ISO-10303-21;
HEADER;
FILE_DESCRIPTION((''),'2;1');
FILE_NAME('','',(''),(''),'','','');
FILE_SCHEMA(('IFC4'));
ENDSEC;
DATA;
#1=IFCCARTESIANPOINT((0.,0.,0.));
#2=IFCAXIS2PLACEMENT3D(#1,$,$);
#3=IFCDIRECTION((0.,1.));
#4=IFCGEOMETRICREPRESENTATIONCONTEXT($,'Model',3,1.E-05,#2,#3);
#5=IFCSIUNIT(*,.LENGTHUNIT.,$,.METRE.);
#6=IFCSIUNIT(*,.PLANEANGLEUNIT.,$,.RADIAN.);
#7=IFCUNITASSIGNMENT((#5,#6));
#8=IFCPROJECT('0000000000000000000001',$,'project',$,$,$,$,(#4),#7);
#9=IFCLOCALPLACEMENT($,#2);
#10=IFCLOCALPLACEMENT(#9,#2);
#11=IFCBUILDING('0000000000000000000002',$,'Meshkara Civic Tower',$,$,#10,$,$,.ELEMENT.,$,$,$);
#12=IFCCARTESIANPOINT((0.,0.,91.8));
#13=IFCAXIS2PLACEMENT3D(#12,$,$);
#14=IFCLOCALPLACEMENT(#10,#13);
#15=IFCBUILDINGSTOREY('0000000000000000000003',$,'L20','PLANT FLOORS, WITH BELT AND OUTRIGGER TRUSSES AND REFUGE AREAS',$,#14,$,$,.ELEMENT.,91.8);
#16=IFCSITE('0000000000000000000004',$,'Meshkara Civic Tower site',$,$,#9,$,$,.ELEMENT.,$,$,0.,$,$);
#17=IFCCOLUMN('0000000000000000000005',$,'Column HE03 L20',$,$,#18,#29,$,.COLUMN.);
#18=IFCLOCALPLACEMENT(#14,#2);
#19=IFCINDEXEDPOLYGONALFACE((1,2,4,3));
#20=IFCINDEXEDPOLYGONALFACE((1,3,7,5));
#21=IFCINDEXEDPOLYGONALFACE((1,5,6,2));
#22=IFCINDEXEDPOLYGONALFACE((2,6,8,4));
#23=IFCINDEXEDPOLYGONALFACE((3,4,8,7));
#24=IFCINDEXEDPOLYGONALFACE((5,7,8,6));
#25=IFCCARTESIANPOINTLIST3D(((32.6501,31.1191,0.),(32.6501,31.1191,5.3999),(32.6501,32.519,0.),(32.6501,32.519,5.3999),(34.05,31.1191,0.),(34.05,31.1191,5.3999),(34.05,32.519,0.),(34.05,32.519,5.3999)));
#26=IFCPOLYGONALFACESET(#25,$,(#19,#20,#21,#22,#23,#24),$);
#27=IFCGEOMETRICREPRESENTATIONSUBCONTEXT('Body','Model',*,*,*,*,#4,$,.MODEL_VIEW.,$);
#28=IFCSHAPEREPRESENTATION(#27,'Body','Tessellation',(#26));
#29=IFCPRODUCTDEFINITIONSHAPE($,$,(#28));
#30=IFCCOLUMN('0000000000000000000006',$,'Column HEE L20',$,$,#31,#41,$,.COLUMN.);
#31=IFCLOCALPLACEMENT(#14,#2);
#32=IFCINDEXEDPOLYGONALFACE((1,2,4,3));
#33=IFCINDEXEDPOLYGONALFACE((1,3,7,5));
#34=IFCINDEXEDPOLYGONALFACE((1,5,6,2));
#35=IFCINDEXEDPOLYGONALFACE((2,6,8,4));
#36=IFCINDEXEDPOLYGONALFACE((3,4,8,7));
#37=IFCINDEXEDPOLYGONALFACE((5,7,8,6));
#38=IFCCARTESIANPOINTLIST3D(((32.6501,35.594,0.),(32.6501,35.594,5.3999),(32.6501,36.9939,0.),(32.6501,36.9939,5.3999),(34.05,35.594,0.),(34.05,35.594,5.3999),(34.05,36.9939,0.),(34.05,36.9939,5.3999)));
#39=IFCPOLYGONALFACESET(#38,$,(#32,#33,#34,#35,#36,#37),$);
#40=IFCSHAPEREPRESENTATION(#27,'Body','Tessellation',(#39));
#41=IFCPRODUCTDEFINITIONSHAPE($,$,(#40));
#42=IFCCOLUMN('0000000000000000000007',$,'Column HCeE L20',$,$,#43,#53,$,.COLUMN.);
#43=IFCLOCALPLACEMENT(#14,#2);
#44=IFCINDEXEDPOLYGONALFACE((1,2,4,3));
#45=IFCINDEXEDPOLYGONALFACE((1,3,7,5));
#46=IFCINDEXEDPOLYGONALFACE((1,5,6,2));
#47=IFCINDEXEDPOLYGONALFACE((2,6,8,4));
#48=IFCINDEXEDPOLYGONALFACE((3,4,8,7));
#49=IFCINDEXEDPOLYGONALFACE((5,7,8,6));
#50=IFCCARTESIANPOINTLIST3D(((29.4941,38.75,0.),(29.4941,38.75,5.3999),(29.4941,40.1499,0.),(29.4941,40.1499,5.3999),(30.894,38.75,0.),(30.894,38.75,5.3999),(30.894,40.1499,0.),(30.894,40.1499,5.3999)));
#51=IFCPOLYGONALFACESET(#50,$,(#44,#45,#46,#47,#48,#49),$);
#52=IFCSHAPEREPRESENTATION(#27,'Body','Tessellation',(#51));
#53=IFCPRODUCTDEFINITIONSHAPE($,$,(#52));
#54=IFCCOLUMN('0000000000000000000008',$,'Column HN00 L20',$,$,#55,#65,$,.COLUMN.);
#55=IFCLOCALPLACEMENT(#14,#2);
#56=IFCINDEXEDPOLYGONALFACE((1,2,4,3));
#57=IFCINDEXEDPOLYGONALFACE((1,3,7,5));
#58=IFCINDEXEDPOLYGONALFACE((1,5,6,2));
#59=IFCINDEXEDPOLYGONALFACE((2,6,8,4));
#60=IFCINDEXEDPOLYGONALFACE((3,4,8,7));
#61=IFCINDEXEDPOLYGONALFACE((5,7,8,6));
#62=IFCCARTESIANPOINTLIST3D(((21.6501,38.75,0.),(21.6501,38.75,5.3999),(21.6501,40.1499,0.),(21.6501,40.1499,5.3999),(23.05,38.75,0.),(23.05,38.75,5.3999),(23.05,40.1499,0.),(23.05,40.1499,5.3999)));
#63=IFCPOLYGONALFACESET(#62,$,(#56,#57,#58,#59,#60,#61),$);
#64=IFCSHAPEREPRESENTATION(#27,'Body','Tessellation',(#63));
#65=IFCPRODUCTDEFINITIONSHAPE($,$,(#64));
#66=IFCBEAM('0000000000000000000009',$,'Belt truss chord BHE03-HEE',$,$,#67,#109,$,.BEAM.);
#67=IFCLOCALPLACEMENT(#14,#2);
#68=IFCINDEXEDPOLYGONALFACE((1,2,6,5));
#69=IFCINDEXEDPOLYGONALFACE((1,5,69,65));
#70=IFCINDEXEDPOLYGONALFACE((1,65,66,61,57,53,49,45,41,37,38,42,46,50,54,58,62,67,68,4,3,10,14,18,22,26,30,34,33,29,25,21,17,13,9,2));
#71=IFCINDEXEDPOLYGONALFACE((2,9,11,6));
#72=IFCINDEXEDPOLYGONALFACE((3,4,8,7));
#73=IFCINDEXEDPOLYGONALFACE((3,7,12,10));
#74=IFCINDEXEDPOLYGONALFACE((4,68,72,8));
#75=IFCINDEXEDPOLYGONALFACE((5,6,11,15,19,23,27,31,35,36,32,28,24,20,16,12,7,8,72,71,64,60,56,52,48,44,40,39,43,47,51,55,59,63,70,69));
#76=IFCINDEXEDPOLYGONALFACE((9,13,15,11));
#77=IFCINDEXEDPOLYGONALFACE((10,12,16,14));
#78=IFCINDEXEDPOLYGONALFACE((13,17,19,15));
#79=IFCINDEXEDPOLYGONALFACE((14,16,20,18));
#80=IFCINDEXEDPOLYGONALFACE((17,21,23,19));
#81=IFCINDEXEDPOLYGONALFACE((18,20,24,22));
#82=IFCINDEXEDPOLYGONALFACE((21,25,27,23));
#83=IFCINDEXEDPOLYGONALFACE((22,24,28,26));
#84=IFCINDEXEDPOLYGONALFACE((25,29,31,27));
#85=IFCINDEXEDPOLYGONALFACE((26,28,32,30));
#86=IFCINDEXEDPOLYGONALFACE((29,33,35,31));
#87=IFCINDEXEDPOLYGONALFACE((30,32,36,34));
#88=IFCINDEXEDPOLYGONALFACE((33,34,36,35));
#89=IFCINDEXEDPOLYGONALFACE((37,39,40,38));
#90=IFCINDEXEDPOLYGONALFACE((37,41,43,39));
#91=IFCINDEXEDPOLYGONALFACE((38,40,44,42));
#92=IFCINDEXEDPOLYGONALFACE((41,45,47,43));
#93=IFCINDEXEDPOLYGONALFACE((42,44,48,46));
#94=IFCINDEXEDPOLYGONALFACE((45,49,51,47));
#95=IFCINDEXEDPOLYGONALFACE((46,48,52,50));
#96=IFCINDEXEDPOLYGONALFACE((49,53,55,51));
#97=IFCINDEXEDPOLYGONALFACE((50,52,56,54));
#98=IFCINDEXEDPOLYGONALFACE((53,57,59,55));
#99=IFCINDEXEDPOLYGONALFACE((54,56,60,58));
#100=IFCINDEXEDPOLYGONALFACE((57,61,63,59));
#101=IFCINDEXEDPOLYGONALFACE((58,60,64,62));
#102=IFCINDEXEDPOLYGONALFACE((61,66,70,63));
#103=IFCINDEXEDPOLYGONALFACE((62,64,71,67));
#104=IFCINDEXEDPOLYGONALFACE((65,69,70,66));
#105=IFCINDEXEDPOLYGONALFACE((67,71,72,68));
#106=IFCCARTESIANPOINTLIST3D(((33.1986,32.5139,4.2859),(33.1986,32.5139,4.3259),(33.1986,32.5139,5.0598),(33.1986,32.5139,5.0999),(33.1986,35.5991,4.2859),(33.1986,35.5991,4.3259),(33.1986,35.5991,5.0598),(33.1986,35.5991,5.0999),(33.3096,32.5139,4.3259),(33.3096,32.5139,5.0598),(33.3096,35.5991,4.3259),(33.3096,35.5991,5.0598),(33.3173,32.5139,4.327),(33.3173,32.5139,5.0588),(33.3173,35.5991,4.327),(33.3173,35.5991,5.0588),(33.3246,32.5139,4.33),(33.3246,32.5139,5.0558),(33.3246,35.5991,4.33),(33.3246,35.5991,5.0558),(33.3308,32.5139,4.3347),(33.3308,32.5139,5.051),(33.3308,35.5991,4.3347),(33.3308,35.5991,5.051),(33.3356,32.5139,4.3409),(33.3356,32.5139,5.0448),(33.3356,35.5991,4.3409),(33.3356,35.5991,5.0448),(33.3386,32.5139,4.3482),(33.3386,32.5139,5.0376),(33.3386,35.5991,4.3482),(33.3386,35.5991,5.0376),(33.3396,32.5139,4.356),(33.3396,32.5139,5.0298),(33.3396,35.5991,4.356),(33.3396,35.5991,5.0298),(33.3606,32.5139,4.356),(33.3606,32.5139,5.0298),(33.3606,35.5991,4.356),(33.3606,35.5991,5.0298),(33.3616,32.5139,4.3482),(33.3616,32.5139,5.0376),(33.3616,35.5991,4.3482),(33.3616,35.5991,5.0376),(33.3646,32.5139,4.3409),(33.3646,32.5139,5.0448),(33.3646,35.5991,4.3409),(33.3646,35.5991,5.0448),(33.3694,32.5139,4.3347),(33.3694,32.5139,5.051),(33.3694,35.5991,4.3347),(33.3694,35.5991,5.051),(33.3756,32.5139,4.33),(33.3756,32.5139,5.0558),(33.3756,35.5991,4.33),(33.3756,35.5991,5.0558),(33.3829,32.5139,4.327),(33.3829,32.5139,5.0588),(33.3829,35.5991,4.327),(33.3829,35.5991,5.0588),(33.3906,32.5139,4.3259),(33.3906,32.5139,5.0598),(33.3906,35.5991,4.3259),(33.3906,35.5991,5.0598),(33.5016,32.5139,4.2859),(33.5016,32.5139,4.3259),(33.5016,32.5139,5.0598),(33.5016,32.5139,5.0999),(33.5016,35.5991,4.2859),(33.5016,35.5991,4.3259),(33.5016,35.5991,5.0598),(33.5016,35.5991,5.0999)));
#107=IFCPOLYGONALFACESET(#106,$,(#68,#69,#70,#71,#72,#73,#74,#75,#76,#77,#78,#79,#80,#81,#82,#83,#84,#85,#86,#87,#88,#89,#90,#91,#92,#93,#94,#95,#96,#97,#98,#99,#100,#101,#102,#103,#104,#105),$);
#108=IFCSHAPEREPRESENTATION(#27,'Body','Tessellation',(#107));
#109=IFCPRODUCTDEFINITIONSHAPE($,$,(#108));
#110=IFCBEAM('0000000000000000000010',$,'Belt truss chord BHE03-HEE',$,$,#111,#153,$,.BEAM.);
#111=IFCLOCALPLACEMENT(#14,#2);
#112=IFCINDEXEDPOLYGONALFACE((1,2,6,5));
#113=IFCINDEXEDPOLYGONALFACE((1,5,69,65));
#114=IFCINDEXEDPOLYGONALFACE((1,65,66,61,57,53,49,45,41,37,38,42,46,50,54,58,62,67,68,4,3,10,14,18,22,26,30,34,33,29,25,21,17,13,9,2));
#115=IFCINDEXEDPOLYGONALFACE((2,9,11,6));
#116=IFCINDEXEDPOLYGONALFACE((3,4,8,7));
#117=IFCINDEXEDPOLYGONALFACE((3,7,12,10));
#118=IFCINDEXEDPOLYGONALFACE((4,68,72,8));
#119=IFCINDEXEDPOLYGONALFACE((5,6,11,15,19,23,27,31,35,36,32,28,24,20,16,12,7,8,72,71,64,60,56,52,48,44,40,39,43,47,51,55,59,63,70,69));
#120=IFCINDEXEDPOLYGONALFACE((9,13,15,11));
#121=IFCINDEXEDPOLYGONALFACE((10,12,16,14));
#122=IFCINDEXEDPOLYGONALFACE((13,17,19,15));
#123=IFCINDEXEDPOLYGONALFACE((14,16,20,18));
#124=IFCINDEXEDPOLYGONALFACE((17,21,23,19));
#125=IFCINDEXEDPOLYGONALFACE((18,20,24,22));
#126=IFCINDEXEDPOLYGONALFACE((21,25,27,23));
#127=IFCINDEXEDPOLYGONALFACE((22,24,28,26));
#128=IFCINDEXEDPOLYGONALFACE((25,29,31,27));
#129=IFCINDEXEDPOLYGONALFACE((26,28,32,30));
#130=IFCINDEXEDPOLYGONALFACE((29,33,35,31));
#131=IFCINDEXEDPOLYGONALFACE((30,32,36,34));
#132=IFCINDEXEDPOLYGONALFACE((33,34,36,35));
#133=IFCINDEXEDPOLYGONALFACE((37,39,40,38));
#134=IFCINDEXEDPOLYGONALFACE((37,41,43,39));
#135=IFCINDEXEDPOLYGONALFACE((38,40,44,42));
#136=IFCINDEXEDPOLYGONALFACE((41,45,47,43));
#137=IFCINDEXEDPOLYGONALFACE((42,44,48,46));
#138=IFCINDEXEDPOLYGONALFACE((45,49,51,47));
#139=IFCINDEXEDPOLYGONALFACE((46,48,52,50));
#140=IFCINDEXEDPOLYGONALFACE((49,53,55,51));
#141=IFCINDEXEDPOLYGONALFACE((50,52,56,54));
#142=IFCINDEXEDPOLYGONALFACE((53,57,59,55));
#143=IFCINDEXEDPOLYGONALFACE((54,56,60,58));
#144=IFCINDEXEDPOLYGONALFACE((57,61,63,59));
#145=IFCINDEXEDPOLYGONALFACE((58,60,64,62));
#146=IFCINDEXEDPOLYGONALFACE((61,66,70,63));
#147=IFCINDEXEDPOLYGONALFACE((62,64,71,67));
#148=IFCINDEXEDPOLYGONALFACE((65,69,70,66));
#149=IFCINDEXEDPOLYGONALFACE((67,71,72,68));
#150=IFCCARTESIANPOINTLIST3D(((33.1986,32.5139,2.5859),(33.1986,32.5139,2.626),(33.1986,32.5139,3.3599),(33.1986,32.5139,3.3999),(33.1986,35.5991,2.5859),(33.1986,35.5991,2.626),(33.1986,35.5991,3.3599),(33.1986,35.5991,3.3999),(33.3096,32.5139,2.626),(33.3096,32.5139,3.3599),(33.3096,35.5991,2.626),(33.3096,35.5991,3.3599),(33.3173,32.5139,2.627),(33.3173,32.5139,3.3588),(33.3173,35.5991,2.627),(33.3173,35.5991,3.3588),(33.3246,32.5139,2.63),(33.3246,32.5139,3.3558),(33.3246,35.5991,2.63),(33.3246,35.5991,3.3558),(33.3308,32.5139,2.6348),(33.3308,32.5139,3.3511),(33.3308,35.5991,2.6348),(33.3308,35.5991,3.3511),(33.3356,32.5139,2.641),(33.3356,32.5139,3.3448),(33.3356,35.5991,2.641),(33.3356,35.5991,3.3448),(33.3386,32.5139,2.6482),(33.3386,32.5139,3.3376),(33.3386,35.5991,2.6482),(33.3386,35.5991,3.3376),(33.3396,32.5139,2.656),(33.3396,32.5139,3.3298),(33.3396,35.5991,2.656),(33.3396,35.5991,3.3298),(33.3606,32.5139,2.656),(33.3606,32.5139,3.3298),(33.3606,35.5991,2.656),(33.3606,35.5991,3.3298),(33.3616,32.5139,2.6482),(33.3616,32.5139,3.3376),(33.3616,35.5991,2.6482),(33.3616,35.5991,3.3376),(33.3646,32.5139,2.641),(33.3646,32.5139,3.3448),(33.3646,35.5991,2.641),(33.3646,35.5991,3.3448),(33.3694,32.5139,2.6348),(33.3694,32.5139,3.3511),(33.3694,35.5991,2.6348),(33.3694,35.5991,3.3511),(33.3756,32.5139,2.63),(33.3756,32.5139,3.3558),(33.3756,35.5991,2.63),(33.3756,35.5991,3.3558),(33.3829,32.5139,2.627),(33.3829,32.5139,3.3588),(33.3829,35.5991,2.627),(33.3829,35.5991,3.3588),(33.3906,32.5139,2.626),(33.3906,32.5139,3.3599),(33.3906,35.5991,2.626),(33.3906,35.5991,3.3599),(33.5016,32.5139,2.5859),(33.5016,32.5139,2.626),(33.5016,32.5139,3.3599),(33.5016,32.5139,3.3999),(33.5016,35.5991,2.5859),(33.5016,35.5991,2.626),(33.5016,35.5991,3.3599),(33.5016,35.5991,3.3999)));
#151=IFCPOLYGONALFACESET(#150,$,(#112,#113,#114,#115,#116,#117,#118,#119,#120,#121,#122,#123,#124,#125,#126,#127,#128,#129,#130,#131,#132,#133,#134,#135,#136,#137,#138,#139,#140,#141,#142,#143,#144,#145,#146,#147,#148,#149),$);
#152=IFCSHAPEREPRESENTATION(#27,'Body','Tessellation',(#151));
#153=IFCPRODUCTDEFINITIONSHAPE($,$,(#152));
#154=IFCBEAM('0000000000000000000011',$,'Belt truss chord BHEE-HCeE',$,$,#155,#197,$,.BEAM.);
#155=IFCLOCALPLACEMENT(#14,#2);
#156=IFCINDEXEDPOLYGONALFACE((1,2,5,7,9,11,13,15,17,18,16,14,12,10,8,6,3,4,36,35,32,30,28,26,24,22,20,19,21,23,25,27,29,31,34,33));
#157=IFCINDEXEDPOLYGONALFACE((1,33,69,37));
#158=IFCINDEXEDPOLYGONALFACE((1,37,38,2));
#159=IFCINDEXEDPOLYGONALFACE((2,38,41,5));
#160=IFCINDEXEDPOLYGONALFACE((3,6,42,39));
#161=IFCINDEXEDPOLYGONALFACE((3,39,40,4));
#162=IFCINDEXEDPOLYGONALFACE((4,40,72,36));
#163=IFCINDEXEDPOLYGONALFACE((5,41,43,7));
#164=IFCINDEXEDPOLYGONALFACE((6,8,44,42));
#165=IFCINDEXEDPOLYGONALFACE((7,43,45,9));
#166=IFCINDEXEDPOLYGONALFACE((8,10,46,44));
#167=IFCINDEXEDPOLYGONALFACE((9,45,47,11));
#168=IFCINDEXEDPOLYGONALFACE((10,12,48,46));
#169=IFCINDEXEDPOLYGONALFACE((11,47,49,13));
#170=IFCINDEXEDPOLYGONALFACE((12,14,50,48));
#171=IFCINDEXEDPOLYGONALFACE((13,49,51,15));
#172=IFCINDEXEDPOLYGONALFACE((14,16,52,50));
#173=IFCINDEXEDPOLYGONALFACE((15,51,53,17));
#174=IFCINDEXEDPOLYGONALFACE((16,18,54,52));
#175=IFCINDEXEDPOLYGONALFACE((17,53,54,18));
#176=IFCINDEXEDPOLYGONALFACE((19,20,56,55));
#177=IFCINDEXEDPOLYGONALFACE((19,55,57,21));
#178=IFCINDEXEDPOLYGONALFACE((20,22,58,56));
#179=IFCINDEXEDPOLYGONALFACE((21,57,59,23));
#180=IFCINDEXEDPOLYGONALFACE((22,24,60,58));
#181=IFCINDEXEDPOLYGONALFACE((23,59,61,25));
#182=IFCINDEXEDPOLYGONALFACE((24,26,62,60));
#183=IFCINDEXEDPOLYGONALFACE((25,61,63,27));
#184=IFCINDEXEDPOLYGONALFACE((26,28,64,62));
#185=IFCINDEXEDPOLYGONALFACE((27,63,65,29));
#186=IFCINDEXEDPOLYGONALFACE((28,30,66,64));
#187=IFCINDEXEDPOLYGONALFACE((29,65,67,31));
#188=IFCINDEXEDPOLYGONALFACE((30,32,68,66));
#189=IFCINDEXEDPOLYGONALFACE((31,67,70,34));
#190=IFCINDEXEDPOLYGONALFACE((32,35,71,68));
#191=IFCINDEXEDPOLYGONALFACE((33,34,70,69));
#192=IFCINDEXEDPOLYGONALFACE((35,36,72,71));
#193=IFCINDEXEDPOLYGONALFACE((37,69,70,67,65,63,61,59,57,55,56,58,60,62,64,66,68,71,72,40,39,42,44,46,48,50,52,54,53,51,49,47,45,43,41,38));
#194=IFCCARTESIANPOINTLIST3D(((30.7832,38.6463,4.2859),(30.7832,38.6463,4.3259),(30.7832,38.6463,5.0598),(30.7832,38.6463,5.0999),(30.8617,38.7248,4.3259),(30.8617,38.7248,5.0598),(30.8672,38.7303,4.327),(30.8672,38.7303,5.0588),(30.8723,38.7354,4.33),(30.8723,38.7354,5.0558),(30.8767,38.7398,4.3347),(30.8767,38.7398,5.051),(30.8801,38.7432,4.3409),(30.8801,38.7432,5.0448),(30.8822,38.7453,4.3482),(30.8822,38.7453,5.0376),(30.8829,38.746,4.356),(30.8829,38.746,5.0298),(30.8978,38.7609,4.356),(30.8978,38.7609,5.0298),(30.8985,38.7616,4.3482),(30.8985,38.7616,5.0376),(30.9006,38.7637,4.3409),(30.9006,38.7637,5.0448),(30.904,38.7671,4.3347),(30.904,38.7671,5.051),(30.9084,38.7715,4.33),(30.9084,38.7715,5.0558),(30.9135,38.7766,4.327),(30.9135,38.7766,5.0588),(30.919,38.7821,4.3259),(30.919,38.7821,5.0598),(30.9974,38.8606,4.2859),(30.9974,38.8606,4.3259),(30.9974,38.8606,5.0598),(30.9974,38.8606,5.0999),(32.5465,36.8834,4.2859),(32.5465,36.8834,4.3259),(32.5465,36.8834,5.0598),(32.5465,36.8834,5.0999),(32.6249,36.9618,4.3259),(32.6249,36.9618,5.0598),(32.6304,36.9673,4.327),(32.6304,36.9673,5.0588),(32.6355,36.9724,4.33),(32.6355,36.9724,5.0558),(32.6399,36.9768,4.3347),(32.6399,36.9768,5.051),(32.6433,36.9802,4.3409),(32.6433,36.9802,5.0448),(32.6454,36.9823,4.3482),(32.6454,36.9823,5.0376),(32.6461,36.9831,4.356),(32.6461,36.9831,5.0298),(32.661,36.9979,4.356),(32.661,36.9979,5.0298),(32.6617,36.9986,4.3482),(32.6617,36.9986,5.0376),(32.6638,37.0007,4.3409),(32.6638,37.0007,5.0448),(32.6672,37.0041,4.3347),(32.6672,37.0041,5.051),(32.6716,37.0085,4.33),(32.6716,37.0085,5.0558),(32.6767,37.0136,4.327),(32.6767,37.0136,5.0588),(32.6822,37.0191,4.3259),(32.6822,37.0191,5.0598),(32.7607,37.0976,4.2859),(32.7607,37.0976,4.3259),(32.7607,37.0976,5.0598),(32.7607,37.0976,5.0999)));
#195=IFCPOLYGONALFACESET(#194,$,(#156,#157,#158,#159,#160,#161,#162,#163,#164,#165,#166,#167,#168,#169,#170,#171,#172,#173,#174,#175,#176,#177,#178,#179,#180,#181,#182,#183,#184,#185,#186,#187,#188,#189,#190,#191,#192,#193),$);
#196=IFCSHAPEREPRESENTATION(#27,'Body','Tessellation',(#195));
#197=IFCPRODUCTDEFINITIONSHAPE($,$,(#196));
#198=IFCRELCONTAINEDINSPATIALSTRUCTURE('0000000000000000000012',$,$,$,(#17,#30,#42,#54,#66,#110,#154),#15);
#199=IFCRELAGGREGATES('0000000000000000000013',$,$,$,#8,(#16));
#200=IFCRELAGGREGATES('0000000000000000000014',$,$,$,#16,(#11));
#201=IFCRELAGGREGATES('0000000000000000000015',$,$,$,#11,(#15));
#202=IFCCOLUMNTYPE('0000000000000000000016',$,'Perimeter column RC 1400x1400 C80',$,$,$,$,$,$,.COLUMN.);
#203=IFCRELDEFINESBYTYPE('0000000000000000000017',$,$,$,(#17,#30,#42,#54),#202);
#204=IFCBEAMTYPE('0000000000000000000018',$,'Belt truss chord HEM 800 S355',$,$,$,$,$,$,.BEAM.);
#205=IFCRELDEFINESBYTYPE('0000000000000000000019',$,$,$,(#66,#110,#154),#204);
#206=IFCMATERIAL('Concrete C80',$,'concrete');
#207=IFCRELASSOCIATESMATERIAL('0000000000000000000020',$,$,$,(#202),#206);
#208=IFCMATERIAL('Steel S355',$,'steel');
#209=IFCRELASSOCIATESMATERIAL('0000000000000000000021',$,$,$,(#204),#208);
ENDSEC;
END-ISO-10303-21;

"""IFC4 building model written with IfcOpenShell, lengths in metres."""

from ifc_helpers import new_model, si_unit, direction, frame, origin, origin_2d, place, context, subcontext, project, spatial, rectangle, i_section, extrude, material, material_profile, profile_set, type_object, element, save


model = new_model("IFC4")

# Units and contexts
model_context = context("Model", 3, precision=1e-05, world=origin(), true_north=direction((0.0, 1.0)))
body_context = subcontext(model_context, "Body", "Model", "MODEL_VIEW")
ifc_project = project(units=[si_unit("LENGTHUNIT", "METRE"), si_unit("PLANEANGLEUNIT", "RADIAN")], contexts=[model_context])

# Site, building, storey
site_placement = place(None, origin())
site = spatial("IfcSite", under=ifc_project, at=site_placement, Name="Meshkara Civic Tower site", CompositionType="ELEMENT", RefElevation=0.0)
building_placement = place(site_placement, origin())
building = spatial("IfcBuilding", under=site, at=building_placement, Name="Meshkara Civic Tower", CompositionType="ELEMENT")
storey_placement = place(building_placement, frame((0.0, 0.0, 91.8)))
storey = spatial("IfcBuildingStorey", under=building, at=storey_placement, Name="L20", Description="PLANT FLOORS, WITH BELT AND OUTRIGGER TRUSSES AND REFUGE AREAS", CompositionType="ELEMENT", Elevation=91.8)

# Columns
ifc_material_1 = material(Name="Concrete C80", Category="concrete")
ifc_material_profile_1 = material_profile(ifc_material_1, rectangle(XDim=1.3999, YDim=1.3999, at=origin_2d()))
ifc_profile_set_1 = profile_set([ifc_material_profile_1], Name="Concrete C80")
column_type = type_object("IfcColumnType", Name="Perimeter column RC 1400x1400 C80", PredefinedType="COLUMN", material=ifc_profile_set_1)
for number, where, z_axis, x_axis, name in (
    (1, (33.3501, 31.8191, 0.0), (0.0, 0.0, 1.0), (1.0, 0.0, 0.0), "Column HE03 L20"),
    (2, (33.3501, 36.2939, 0.0), (0.0, 0.0, 1.0), (1.0, 0.0, 0.0), "Column HEE L20"),
    (3, (30.1941, 39.45, 0.0), (0.0, 0.0, 1.0), (1.0, 0.0, 0.0), "Column HCeE L20"),
    (4, (22.3501, 39.45, 0.0), (0.0, 0.0, 1.0), (1.0, 0.0, 0.0), "Column HN00 L20"),
):
    element("IfcColumn", number, at=place(storey_placement, frame(where, z_axis=z_axis, x_axis=x_axis)), inside=storey, type_object=column_type, Name=name, PredefinedType="COLUMN", context=body_context, shape_type="SweptSolid", body=[
        extrude(rectangle(XDim=1.3999, YDim=1.3999, at=origin_2d()), origin(), (0.0, 0.0, 1.0), 5.3999),
    ])

# Beams
ifc_material_2 = material(Name="Steel S355", Category="steel")
ifc_material_profile_2 = material_profile(ifc_material_2, i_section(OverallWidth=0.303, OverallDepth=0.814, WebThickness=0.021, FlangeThickness=0.04, FilletRadius=0.03, at=origin_2d()))
ifc_profile_set_2 = profile_set([ifc_material_profile_2], Name="Steel S355")
beam_type = type_object("IfcBeamType", Name="Belt truss chord HEM 800 S355", PredefinedType="BEAM", material=ifc_profile_set_2)
for number, where, z_axis, x_axis, name in (
    (5, (33.3501, 32.5139, 4.6929), (0.0, 1.0, 0.0), (-1.0, 0.0, 0.0), "Belt truss chord BHE03-HEE"),
    (6, (33.3501, 32.5139, 2.9929), (0.0, 1.0, 0.0), (-1.0, 0.0, 0.0), "Belt truss chord BHE03-HEE"),
):
    element("IfcBeam", number, at=place(storey_placement, frame(where, z_axis=z_axis, x_axis=x_axis)), inside=storey, type_object=beam_type, Name=name, PredefinedType="BEAM", context=body_context, shape_type="SweptSolid", body=[
        extrude(i_section(OverallWidth=0.303, OverallDepth=0.814, WebThickness=0.021, FlangeThickness=0.04, FilletRadius=0.03, at=origin_2d()), origin(), (0.0, 0.0, 1.0), 3.0852),
    ])
for number, where, z_axis, x_axis, name in (
    (7, (32.6536, 36.9905, 4.6929), (-0.707156, 0.707058, 0.0), (-0.707058, -0.707156, 0.0), "Belt truss chord BHEE-HCeE"),
):
    element("IfcBeam", number, at=place(storey_placement, frame(where, z_axis=z_axis, x_axis=x_axis)), inside=storey, type_object=beam_type, Name=name, PredefinedType="BEAM", context=body_context, shape_type="SweptSolid", body=[
        extrude(i_section(OverallWidth=0.303, OverallDepth=0.814, WebThickness=0.021, FlangeThickness=0.04, FilletRadius=0.03, at=origin_2d()), origin(), (0.0, 0.0, 1.0), 2.4934),
    ])

save(model, "model.ifc")
